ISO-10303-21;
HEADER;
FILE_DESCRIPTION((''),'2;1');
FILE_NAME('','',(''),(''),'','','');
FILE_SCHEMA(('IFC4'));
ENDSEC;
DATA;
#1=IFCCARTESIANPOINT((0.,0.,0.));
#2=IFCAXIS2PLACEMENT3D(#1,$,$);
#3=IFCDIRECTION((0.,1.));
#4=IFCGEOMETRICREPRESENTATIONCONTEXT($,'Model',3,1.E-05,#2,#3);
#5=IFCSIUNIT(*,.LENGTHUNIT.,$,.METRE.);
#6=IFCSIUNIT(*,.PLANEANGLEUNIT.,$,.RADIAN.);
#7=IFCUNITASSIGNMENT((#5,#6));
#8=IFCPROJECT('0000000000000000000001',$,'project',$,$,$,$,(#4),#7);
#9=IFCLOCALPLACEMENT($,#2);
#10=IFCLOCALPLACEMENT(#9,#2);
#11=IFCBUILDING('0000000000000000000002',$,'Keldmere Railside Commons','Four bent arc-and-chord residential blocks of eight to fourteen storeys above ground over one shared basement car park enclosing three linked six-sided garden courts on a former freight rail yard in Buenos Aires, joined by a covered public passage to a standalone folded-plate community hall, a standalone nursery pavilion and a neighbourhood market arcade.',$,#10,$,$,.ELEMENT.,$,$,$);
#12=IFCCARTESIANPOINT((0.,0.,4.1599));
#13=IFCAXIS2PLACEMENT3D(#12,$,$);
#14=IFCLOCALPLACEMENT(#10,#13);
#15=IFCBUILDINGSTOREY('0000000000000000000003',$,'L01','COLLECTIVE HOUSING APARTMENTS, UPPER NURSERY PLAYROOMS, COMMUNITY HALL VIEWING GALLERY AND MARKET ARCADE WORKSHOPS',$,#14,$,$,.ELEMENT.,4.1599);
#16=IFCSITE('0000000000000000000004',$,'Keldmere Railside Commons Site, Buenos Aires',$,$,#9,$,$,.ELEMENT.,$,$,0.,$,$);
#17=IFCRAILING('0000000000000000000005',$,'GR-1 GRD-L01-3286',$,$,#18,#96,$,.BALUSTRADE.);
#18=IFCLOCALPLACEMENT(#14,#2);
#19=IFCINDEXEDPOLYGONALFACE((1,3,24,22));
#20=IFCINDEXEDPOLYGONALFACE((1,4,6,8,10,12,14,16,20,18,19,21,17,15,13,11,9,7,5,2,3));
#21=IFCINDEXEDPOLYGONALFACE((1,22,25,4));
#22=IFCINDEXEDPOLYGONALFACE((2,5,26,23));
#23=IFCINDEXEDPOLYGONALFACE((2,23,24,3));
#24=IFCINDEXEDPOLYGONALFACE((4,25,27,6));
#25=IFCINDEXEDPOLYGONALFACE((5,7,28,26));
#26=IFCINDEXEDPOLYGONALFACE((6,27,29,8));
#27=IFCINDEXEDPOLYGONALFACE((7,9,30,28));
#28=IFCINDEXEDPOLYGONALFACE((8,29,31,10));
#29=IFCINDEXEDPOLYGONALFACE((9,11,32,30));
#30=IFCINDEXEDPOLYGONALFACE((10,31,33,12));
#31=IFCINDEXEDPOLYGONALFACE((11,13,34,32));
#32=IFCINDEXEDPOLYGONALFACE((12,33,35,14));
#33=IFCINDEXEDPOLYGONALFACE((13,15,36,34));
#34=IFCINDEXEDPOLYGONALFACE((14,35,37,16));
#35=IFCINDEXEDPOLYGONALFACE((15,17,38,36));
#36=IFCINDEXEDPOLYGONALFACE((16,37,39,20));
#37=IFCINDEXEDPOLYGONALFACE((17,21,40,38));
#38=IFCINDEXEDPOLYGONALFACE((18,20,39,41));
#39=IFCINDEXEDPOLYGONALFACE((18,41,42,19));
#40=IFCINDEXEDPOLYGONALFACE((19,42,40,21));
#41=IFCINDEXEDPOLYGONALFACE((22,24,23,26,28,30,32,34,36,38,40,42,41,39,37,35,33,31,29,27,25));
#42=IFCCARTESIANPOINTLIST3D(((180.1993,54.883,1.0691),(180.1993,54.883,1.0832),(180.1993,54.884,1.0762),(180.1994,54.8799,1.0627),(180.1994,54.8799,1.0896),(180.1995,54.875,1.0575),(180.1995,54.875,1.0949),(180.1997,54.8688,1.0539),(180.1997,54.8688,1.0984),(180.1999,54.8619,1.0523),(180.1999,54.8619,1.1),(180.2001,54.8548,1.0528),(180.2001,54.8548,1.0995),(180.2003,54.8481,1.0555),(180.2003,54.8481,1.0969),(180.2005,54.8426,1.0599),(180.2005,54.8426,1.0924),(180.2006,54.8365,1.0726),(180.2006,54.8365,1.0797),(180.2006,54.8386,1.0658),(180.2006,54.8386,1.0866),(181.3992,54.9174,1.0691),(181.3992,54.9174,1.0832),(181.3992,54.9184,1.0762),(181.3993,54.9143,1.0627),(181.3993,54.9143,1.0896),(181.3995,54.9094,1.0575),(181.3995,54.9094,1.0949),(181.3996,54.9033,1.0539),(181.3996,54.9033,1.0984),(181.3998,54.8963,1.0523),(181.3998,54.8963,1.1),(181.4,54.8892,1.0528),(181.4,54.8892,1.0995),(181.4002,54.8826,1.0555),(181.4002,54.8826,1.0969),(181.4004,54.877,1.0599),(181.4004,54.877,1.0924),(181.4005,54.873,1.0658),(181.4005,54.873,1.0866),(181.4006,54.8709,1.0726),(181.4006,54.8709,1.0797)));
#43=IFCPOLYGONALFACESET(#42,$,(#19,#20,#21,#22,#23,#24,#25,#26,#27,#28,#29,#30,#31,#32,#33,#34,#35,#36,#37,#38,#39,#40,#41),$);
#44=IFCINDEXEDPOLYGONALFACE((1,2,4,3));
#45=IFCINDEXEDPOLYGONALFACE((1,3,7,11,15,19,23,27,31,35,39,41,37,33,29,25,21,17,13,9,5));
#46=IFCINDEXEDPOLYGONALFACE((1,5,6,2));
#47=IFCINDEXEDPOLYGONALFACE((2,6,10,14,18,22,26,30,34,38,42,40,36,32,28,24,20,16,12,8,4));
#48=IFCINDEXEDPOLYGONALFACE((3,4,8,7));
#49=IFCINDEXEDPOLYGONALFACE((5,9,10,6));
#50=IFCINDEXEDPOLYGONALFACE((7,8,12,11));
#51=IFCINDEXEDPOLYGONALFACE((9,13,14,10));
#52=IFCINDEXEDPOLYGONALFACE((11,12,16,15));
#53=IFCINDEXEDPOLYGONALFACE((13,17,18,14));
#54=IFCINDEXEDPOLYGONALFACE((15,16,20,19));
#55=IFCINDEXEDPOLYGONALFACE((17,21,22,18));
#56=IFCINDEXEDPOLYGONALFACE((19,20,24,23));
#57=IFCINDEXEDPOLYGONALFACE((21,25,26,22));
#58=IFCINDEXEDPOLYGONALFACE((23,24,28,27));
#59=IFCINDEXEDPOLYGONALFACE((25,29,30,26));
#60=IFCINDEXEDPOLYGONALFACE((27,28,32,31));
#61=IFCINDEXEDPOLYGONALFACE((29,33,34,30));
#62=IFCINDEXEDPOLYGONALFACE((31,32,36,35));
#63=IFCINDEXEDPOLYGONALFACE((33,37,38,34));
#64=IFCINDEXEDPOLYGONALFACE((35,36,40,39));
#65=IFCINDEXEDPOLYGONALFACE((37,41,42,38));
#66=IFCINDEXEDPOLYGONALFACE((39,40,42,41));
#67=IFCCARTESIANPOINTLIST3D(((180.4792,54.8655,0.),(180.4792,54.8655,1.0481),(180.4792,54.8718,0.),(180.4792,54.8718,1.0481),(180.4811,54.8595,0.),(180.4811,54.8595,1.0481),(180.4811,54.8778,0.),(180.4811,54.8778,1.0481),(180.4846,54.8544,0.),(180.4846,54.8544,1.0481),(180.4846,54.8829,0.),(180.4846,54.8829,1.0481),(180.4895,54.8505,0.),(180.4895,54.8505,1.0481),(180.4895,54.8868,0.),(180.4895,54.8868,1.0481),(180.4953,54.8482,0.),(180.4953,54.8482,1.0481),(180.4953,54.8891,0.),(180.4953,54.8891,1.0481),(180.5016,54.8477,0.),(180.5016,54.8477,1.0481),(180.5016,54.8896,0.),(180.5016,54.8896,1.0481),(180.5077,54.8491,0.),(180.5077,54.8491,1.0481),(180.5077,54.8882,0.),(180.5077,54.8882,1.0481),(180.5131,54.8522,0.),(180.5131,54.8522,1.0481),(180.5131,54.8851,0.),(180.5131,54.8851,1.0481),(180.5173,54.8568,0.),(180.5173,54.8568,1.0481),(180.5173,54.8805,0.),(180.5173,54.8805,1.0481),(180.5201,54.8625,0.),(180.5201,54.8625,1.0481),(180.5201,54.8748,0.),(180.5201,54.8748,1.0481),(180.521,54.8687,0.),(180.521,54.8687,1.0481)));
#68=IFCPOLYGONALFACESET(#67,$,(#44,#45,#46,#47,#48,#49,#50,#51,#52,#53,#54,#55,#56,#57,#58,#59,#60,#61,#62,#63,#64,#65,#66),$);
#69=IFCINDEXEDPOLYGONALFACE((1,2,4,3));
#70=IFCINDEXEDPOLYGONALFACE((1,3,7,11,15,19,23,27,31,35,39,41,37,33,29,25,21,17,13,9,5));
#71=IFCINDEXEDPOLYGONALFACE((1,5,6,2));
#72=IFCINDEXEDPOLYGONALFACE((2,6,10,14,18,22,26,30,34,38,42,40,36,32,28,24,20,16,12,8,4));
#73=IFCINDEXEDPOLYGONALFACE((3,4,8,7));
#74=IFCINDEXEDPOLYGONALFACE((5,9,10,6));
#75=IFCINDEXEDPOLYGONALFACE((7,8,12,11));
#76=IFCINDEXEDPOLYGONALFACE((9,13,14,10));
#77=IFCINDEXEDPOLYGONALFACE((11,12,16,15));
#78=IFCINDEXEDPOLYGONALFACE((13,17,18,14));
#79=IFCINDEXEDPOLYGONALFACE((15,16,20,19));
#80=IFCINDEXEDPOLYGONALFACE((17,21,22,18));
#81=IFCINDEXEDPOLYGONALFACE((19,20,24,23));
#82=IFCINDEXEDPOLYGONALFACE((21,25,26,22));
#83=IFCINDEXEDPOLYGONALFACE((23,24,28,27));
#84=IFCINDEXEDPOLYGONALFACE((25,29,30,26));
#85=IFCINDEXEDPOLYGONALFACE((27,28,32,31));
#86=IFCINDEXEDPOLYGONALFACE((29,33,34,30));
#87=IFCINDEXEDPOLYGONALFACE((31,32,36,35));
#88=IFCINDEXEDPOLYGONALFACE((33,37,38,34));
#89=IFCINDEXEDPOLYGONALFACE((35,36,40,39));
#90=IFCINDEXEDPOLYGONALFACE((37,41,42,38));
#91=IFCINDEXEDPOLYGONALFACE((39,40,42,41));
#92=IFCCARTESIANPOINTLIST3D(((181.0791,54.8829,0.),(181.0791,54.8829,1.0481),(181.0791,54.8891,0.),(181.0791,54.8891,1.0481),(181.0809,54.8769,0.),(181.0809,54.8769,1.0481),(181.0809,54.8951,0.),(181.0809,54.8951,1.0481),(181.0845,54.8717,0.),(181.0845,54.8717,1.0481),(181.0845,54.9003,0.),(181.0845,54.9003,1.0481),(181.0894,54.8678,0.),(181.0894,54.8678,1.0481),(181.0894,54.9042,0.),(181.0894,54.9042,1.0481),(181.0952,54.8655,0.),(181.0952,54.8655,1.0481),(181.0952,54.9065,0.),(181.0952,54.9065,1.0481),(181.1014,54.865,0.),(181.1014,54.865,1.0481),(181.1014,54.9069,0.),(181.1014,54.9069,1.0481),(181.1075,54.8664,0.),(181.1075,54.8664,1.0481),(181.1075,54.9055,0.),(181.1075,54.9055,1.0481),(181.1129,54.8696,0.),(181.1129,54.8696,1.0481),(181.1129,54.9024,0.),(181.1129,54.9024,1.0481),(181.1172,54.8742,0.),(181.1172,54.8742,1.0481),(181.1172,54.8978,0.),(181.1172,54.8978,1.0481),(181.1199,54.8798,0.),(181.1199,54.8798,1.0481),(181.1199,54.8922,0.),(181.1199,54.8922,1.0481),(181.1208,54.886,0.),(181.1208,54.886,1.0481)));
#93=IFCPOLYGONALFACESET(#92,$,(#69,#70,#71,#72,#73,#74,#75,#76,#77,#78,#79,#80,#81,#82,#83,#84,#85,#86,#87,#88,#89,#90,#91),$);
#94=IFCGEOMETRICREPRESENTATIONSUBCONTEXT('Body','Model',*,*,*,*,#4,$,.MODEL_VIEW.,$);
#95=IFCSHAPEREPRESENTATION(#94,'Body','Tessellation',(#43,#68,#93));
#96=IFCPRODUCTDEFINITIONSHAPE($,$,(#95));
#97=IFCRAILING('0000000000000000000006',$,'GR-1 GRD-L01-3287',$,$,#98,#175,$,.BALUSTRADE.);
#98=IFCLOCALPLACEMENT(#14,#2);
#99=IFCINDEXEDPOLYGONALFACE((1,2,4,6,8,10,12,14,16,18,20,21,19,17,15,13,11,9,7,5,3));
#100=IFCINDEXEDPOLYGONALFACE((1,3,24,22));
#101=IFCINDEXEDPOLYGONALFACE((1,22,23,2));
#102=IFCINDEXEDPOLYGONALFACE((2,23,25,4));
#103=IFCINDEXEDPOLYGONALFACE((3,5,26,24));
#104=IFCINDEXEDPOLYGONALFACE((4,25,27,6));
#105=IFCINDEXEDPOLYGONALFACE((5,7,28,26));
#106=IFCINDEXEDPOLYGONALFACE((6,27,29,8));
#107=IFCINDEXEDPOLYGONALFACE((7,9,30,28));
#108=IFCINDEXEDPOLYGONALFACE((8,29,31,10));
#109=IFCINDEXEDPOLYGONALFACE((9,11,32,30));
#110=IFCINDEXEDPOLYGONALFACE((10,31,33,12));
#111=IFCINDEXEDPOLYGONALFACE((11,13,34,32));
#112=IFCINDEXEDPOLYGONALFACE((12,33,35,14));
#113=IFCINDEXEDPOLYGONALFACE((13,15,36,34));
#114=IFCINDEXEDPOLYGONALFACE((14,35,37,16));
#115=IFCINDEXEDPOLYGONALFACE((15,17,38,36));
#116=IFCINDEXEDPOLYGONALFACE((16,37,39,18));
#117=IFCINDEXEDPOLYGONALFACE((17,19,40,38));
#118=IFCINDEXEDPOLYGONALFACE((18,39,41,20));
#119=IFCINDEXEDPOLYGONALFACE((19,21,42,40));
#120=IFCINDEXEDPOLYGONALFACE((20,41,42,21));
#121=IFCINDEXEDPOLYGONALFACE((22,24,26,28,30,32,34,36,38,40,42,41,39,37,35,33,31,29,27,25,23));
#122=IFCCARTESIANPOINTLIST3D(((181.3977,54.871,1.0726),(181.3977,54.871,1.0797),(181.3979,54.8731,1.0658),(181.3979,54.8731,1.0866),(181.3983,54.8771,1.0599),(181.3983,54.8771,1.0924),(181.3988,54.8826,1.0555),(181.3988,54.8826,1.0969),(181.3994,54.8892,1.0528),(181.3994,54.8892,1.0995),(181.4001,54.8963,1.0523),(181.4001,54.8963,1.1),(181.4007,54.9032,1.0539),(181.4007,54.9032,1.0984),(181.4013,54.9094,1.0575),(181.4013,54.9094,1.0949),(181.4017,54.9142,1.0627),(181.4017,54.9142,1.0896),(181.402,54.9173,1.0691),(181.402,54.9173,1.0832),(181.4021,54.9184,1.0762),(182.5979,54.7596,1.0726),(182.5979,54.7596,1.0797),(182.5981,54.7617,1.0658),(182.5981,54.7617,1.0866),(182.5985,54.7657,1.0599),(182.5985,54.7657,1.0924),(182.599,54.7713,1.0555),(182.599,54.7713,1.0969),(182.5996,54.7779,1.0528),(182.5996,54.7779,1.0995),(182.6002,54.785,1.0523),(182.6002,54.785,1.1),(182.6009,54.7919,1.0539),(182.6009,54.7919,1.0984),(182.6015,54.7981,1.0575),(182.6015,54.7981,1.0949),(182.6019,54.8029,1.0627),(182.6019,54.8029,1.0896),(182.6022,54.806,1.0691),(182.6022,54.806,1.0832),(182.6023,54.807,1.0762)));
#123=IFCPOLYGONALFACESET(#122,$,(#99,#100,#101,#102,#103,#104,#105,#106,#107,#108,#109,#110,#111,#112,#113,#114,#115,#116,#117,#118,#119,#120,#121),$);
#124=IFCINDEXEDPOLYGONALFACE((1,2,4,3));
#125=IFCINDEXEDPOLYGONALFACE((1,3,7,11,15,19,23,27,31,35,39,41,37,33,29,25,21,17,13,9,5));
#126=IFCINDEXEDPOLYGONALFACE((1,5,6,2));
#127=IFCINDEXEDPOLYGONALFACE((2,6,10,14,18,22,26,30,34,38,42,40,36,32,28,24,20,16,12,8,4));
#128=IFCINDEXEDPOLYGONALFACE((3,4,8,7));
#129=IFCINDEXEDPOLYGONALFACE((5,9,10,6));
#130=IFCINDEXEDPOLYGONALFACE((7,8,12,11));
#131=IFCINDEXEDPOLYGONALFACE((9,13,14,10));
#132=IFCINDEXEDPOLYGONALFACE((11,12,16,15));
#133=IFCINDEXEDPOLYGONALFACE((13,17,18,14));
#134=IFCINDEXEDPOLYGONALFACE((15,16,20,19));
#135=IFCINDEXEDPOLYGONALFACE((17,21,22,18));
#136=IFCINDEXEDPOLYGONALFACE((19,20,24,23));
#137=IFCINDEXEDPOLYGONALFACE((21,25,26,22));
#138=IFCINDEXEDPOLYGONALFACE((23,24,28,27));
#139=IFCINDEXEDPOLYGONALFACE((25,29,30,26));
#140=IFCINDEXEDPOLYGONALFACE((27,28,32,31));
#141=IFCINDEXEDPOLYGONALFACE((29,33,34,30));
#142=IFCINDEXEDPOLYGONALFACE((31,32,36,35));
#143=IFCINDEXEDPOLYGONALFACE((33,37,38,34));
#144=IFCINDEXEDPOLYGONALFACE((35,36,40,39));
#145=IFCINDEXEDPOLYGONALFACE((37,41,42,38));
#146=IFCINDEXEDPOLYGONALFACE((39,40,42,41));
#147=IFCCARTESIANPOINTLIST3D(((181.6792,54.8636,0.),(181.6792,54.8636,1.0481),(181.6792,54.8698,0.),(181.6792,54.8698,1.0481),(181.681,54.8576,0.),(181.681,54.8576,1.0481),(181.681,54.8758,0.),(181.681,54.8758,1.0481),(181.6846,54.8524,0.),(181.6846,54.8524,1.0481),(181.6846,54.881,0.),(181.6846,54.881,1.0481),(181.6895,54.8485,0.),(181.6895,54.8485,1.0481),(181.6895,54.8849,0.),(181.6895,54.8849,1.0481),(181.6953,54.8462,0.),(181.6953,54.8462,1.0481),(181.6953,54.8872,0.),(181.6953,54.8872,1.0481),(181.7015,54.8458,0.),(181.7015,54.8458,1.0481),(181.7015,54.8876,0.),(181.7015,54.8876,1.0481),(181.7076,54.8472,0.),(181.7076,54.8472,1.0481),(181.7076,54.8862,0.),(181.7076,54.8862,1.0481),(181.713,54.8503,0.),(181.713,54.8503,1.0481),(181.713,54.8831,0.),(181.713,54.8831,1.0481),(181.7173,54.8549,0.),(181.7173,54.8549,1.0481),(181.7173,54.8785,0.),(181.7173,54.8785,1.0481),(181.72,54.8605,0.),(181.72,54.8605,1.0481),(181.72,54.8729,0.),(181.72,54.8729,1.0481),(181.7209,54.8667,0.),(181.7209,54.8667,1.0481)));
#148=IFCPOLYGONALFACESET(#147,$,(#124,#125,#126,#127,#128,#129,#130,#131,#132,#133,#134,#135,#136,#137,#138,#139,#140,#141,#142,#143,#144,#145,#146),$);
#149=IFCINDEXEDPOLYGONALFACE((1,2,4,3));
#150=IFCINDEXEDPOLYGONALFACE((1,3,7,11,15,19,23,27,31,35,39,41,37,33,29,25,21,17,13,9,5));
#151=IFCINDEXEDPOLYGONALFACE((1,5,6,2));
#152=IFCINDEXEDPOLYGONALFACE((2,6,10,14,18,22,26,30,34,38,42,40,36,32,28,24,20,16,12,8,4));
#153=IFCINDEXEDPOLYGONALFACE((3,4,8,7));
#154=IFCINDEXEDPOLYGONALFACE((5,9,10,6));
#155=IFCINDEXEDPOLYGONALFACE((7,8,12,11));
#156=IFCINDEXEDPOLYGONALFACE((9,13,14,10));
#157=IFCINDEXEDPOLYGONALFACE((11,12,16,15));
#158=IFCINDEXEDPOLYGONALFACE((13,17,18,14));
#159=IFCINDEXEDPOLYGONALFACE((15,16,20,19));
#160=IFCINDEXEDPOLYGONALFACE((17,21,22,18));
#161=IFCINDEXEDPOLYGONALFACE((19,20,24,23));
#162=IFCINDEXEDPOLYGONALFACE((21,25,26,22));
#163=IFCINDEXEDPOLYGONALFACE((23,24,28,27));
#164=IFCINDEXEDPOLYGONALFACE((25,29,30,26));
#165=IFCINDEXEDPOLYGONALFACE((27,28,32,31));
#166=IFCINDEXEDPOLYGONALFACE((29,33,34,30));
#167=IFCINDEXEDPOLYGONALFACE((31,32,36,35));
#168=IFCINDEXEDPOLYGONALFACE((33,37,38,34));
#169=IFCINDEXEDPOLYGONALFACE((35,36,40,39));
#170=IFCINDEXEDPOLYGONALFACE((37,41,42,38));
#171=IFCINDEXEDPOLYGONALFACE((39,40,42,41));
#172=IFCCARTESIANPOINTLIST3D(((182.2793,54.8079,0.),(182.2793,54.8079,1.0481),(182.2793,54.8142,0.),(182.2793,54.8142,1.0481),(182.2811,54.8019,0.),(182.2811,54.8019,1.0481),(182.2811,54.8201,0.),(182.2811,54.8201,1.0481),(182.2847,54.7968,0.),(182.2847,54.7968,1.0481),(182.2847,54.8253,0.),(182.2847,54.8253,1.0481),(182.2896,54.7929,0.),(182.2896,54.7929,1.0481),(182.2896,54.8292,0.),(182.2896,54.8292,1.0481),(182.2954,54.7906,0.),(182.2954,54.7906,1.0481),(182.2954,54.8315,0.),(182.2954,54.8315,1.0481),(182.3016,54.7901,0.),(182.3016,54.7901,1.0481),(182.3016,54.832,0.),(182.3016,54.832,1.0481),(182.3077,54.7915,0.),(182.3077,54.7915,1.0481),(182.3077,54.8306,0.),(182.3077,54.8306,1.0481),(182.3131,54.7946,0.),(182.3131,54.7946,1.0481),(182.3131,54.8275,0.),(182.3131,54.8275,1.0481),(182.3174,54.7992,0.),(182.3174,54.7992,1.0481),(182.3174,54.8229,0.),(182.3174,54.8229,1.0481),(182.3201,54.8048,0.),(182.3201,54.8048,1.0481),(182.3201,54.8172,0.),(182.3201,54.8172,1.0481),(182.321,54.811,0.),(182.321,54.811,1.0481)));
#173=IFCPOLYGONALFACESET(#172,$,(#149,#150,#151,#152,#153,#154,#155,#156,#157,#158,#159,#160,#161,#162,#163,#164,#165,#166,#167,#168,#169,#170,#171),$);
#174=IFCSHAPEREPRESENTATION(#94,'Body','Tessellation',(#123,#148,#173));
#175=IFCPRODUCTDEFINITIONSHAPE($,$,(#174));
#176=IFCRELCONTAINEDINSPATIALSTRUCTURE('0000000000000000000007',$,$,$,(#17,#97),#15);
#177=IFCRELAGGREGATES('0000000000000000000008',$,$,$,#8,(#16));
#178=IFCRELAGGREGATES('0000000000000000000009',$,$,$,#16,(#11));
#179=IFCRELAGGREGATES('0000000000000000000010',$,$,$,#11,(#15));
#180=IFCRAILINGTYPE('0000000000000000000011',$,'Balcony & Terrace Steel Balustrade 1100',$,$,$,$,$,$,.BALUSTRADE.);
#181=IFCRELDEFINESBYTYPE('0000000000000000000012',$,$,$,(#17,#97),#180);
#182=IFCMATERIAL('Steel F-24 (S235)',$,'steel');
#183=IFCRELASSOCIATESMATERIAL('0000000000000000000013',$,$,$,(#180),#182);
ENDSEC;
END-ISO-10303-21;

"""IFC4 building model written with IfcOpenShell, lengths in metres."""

from ifc_helpers import new_model, si_unit, direction, frame, origin, origin_2d, place, context, subcontext, project, spatial, circle, extrude, material, type_object, element, save


model = new_model("IFC4")

# Units and contexts
model_context = context("Model", 3, precision=1e-05, world=origin(), true_north=direction((0.0, 1.0)))
body_context = subcontext(model_context, "Body", "Model", "MODEL_VIEW")
ifc_project = project(units=[si_unit("LENGTHUNIT", "METRE"), si_unit("PLANEANGLEUNIT", "RADIAN")], contexts=[model_context])

# Site, building, storey
site_placement = place(None, origin())
site = spatial("IfcSite", under=ifc_project, at=site_placement, Name="Keldmere Railside Commons Site, Buenos Aires", CompositionType="ELEMENT", RefElevation=0.0)
building_placement = place(site_placement, origin())
building = spatial("IfcBuilding", under=site, at=building_placement, Name="Keldmere Railside Commons", Description="Four bent arc-and-chord residential blocks of eight to fourteen storeys above ground over one shared basement car park enclosing three linked six-sided garden courts on a former freight rail yard in Buenos Aires, joined by a covered public passage to a standalone folded-plate community hall, a standalone nursery pavilion and a neighbourhood market arcade.", CompositionType="ELEMENT")
storey_placement = place(building_placement, frame((0.0, 0.0, 4.1599)))
storey = spatial("IfcBuildingStorey", under=building, at=storey_placement, Name="L01", Description="COLLECTIVE HOUSING APARTMENTS, UPPER NURSERY PLAYROOMS, COMMUNITY HALL VIEWING GALLERY AND MARKET ARCADE WORKSHOPS", CompositionType="ELEMENT", Elevation=4.1599)

# Shared definitions
ifc_material_1 = material(Name="Steel F-24 (S235)", Category="steel")

# Railings
railing_type = type_object("IfcRailingType", Name="Balcony & Terrace Steel Balustrade 1100", PredefinedType="BALUSTRADE", material=ifc_material_1)
railing_1_placement = place(storey_placement, frame((180.2, 54.8601, 0.0)))
element("IfcRailing", 1, at=railing_1_placement, inside=storey, type_object=railing_type, Name="GR-1 GRD-L01-3286", PredefinedType="BALUSTRADE", context=body_context, shape_type="SweptSolid", body=[
    extrude(circle(Radius=0.0239, at=origin_2d()), frame((0.0, 0.0, 1.0762), z_axis=(0.999589, 0.028676, 0.0), x_axis=(-0.028676, 0.999589, 0.0)), (0.0, 0.0, 1.0), 1.2004),
    extrude(circle(Radius=0.021, at=origin_2d()), frame((0.3, 0.0085, 0.0)), (0.0, 0.0, 1.0), 1.0481),
    extrude(circle(Radius=0.021, at=origin_2d()), frame((0.8999, 0.0259, 0.0)), (0.0, 0.0, 1.0), 1.0481),
])
railing_2_placement = place(storey_placement, frame((181.3999, 54.8945, 0.0)))
element("IfcRailing", 2, at=railing_2_placement, inside=storey, type_object=railing_type, Name="GR-1 GRD-L01-3287", PredefinedType="BALUSTRADE", context=body_context, shape_type="SweptSolid", body=[
    extrude(circle(Radius=0.0239, at=origin_2d()), frame((0.0, 0.0, 1.0762), z_axis=(0.995726, -0.092362, 0.0), x_axis=(0.092362, 0.995726, 0.0)), (0.0, 0.0, 1.0), 1.2053),
    extrude(circle(Radius=0.021, at=origin_2d()), frame((0.3, -0.0278, 0.0)), (0.0, 0.0, 1.0), 1.0481),
    extrude(circle(Radius=0.021, at=origin_2d()), frame((0.9001, -0.0835, 0.0)), (0.0, 0.0, 1.0), 1.0481),
])

save(model, "model.ifc")
